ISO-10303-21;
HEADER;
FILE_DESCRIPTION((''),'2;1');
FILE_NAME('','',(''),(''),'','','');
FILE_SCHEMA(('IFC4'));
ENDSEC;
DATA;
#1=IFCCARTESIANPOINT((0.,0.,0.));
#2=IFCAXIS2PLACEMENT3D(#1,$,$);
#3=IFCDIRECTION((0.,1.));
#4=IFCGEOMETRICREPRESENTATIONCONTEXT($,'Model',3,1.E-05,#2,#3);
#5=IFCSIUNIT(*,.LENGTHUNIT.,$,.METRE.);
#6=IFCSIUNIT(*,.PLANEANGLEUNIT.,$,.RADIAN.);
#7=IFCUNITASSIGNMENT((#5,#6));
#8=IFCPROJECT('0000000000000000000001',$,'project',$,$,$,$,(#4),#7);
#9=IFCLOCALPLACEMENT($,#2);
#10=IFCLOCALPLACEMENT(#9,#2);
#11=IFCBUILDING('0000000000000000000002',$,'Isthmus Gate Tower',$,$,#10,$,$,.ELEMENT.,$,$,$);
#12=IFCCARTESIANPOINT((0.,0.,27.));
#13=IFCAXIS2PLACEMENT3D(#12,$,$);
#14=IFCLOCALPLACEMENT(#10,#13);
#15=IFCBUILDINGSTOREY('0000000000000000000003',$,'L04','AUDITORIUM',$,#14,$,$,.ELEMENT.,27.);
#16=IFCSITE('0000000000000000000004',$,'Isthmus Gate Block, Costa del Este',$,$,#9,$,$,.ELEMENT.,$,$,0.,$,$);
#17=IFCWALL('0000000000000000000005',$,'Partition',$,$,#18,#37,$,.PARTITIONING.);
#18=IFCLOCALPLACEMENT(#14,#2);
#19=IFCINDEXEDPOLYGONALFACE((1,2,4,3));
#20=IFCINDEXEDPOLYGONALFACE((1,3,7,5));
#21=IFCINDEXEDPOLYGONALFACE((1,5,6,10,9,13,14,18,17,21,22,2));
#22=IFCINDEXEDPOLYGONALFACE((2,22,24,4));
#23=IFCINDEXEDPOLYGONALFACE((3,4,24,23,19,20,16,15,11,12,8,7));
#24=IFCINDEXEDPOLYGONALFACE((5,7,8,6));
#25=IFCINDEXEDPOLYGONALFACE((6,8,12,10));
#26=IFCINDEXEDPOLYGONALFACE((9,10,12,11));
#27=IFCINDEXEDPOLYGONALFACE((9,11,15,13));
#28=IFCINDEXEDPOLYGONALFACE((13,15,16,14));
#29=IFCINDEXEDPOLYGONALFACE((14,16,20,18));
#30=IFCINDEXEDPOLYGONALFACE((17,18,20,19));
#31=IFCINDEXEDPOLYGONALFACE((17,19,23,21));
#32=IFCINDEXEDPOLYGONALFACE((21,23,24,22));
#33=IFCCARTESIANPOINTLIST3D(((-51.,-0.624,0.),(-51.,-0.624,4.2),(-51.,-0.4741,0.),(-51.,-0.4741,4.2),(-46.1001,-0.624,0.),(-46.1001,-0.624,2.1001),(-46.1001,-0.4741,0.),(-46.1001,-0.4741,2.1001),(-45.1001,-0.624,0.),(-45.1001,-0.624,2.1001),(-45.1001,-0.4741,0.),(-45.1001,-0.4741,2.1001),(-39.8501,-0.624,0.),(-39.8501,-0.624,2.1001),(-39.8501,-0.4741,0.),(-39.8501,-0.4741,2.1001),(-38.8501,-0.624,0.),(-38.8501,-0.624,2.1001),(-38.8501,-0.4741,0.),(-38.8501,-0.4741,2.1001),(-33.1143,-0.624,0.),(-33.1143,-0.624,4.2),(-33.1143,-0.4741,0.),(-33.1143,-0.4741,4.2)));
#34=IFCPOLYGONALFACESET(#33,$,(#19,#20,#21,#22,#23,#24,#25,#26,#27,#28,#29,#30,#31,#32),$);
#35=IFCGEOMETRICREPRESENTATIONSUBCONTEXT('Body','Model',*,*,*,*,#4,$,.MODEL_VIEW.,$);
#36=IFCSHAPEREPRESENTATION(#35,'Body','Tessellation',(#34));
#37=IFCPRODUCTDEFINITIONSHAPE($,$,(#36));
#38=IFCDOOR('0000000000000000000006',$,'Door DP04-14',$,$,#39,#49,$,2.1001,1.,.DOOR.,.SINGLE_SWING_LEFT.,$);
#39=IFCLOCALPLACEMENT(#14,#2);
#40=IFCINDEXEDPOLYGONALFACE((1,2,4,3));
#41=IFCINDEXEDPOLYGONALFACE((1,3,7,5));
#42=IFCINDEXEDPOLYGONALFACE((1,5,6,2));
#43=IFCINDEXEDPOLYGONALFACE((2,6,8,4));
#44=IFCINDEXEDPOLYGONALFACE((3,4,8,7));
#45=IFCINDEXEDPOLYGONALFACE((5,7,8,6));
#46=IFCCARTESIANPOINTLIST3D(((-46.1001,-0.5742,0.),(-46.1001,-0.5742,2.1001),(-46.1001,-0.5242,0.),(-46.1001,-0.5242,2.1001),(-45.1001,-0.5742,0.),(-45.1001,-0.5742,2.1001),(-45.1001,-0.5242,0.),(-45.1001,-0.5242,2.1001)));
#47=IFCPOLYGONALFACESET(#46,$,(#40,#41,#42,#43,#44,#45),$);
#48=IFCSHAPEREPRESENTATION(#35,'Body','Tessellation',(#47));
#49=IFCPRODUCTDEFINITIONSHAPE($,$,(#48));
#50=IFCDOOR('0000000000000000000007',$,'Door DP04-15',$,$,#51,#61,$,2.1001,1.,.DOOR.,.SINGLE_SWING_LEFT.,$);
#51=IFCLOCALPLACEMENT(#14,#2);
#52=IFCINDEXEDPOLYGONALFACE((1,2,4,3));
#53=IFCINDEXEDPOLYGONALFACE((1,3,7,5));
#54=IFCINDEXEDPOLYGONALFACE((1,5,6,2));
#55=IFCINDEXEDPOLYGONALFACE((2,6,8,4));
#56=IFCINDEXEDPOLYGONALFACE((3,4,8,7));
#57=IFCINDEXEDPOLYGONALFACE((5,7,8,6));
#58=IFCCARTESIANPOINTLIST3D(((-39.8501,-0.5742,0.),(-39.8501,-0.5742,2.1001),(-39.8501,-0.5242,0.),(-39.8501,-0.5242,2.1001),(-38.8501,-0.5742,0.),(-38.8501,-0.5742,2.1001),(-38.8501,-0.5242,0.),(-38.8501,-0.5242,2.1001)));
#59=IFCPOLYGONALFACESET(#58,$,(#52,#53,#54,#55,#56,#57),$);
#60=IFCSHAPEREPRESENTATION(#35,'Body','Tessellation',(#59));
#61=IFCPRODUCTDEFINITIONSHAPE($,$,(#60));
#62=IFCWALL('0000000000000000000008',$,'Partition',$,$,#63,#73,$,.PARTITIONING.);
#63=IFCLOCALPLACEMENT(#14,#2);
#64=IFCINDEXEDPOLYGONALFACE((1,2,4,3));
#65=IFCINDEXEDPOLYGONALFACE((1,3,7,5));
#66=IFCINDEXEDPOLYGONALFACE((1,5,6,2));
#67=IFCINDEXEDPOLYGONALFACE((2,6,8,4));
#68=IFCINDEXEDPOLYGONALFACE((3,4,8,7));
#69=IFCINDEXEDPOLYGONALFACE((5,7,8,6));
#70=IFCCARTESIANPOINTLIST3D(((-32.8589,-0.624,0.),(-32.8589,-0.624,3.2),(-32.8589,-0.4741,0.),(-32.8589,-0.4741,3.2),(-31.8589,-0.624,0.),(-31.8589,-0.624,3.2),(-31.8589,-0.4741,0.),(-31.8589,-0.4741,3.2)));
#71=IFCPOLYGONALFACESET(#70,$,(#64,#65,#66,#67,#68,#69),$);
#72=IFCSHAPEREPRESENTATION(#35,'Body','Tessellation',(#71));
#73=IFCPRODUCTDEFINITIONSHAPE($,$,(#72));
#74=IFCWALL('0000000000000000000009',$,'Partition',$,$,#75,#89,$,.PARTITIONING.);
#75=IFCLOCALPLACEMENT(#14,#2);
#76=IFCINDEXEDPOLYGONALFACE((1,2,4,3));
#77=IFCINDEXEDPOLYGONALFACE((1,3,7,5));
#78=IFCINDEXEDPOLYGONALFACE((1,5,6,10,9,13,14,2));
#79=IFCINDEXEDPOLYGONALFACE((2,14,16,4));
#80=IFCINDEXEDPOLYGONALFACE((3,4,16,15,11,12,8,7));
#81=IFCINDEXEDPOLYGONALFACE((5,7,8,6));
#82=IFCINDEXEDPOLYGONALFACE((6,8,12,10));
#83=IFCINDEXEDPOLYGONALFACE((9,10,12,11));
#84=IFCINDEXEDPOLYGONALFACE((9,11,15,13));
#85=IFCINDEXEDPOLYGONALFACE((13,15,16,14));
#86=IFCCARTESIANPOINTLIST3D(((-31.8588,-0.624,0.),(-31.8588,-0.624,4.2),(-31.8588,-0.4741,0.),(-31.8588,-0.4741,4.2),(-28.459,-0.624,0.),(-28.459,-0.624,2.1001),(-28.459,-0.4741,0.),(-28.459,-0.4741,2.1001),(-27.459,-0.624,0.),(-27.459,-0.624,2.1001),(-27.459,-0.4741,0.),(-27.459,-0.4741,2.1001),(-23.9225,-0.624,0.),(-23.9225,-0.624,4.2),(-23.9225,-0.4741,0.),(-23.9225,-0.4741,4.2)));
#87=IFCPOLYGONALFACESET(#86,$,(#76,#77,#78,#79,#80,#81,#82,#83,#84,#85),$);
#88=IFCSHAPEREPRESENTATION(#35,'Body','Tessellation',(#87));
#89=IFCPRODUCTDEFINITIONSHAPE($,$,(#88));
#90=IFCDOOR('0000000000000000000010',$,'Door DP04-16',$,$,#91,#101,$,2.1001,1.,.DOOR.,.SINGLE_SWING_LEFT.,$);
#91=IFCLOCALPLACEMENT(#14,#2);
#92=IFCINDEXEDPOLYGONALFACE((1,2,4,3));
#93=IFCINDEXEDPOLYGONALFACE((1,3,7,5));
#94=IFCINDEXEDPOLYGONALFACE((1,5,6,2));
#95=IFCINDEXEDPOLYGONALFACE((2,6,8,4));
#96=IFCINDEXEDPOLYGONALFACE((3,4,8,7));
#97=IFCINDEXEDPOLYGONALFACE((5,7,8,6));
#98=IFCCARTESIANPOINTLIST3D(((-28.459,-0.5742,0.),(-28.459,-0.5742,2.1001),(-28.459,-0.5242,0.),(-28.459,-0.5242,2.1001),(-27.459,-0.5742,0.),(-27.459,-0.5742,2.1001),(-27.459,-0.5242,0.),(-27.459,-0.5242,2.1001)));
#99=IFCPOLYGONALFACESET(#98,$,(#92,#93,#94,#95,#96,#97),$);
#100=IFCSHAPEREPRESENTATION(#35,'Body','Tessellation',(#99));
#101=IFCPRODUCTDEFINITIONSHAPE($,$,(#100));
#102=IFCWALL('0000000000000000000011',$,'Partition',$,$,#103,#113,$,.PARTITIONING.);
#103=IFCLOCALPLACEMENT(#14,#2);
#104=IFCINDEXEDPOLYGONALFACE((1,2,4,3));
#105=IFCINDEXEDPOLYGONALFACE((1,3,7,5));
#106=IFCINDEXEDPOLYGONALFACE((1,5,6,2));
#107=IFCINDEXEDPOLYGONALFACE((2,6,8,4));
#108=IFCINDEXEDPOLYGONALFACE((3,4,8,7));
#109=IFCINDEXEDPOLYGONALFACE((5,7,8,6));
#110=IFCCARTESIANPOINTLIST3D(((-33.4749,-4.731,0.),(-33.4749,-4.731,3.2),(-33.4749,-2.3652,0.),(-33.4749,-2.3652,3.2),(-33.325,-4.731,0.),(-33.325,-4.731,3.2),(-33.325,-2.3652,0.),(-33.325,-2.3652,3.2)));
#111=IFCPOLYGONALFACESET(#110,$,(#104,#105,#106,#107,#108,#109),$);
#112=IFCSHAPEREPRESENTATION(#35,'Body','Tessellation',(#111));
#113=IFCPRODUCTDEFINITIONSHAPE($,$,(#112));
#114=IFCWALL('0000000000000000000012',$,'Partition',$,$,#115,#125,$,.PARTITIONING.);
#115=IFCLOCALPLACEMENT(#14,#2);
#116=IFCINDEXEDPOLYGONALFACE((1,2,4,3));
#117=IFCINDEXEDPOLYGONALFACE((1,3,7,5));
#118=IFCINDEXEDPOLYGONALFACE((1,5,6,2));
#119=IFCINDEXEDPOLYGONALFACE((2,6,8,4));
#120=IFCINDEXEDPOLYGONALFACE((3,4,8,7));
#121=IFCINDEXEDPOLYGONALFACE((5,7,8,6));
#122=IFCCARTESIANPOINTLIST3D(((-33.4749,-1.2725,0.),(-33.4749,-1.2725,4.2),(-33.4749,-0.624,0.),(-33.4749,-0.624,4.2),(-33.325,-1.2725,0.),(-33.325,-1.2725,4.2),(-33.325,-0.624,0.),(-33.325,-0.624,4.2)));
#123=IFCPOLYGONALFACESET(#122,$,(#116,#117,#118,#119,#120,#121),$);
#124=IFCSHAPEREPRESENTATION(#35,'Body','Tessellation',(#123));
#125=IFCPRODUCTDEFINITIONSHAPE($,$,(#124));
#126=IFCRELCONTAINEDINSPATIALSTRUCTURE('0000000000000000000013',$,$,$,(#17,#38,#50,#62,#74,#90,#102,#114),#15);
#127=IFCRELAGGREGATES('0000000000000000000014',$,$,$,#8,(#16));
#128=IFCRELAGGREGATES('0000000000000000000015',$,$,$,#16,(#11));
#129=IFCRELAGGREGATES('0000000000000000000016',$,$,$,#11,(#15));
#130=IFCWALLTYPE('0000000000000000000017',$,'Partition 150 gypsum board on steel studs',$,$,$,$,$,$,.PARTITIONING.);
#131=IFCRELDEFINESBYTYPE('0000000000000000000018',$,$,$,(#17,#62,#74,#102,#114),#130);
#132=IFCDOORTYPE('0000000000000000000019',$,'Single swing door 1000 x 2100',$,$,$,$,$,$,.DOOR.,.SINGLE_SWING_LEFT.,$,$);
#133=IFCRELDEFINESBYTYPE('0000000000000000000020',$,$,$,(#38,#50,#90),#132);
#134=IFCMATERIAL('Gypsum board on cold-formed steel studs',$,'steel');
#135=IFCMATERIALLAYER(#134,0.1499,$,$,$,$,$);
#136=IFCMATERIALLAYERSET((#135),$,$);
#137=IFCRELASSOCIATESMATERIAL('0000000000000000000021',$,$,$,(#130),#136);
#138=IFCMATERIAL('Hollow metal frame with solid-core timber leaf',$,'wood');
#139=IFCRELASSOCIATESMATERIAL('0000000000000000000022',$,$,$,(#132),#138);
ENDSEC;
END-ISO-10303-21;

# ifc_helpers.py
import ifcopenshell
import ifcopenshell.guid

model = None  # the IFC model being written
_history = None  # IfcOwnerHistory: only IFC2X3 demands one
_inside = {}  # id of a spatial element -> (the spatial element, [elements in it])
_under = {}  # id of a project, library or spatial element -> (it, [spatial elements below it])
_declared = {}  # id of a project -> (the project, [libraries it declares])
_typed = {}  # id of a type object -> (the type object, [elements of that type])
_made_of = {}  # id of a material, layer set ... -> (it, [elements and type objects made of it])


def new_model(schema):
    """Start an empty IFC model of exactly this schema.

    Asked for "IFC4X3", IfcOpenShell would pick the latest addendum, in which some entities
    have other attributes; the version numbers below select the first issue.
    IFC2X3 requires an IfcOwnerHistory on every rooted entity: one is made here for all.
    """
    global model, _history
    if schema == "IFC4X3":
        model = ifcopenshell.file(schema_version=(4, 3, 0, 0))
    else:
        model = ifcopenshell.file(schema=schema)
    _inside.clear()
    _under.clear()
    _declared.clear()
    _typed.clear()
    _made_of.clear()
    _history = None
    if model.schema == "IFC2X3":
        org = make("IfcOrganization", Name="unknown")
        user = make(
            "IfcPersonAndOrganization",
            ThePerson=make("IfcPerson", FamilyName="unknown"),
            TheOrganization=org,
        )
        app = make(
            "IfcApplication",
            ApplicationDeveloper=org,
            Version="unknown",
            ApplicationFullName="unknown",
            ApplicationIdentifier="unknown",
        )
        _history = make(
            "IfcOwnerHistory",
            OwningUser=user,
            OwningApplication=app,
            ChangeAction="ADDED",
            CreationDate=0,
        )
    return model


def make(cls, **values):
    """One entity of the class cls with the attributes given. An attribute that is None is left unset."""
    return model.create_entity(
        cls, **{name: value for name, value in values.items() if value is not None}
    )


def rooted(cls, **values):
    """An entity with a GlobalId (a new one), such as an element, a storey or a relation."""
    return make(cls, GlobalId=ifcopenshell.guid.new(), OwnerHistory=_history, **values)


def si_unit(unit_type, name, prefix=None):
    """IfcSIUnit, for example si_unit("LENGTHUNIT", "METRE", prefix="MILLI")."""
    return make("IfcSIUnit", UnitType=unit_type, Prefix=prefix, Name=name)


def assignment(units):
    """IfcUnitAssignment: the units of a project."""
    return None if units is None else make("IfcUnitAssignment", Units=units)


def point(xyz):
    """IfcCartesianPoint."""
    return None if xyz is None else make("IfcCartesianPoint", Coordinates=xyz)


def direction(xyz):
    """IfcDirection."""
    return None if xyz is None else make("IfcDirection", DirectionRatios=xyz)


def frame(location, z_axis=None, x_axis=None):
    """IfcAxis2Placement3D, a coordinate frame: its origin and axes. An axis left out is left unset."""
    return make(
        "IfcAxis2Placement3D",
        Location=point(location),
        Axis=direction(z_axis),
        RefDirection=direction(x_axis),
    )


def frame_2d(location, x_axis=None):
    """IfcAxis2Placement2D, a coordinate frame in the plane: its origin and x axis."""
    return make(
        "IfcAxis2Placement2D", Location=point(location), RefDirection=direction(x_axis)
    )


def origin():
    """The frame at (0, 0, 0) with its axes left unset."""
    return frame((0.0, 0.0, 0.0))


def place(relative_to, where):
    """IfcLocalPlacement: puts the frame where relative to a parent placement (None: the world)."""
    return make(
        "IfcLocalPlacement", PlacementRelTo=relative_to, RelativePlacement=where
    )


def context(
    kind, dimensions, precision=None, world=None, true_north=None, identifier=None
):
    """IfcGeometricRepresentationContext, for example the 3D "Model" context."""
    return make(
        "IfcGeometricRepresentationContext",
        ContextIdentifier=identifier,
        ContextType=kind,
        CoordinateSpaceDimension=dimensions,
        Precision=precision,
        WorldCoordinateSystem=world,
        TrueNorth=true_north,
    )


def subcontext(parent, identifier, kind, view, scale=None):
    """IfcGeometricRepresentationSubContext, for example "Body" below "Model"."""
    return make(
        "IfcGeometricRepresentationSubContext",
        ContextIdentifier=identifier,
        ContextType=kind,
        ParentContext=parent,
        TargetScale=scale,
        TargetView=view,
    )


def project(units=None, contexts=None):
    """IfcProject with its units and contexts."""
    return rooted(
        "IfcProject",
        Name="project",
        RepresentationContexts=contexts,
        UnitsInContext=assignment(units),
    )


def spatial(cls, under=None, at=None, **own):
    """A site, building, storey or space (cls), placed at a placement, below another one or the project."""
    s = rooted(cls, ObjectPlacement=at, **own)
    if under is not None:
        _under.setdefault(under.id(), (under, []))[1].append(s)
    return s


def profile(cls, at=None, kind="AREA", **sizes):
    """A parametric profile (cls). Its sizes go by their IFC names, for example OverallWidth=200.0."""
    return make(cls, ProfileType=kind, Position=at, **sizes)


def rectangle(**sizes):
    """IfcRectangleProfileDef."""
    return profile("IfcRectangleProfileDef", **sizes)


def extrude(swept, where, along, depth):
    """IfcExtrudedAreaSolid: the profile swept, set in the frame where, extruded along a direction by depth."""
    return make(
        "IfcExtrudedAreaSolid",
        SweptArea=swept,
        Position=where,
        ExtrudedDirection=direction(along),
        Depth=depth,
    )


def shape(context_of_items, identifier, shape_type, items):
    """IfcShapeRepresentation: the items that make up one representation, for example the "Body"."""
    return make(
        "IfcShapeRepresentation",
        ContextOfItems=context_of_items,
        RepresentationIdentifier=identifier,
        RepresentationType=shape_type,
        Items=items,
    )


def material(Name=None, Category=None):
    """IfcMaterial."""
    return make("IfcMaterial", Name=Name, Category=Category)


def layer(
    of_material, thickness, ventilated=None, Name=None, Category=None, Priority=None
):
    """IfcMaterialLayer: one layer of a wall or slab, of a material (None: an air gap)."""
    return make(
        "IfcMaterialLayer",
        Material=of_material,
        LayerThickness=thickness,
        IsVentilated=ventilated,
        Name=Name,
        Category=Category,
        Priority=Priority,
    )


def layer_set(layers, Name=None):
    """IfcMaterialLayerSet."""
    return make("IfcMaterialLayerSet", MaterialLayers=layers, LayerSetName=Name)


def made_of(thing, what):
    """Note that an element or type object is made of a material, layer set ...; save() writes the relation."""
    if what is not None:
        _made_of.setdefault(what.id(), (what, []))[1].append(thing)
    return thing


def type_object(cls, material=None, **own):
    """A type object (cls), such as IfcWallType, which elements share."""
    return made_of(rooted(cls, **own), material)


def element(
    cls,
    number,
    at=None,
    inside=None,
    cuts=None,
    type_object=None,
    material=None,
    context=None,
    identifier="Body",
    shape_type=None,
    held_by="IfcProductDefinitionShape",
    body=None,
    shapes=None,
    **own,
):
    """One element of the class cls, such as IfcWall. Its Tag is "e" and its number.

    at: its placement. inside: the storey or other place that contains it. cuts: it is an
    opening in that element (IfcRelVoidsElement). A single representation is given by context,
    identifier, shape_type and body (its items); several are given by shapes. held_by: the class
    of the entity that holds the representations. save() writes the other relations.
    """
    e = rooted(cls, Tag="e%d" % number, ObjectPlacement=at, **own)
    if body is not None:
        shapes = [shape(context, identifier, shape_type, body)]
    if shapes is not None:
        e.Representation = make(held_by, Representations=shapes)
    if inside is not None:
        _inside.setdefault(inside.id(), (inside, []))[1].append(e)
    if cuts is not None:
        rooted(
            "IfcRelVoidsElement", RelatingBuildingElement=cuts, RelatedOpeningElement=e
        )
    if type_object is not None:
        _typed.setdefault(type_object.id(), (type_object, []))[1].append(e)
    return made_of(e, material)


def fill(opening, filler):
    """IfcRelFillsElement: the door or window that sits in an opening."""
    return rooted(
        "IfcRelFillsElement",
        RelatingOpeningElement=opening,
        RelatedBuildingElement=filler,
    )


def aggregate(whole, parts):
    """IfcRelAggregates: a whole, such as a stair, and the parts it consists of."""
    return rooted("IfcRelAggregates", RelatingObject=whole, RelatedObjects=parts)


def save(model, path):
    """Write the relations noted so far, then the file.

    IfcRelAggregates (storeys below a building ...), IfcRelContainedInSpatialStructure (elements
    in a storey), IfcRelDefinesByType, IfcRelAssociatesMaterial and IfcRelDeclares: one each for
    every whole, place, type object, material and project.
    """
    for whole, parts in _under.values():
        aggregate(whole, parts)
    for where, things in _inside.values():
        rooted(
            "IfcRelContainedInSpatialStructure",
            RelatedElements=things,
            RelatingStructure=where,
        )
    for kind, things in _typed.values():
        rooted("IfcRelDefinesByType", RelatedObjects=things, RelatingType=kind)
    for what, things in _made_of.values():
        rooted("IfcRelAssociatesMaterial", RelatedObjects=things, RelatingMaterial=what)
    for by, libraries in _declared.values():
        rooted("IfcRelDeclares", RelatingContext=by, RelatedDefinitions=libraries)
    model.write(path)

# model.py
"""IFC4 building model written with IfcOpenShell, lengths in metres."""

from ifc_helpers import new_model, si_unit, direction, frame, frame_2d, origin, place, context, subcontext, project, spatial, rectangle, extrude, material, layer, layer_set, type_object, element, fill, save


model = new_model("IFC4")

# Units and contexts
model_context = context("Model", 3, precision=1e-05, world=origin(), true_north=direction((0.0, 1.0)))
body_context = subcontext(model_context, "Body", "Model", "MODEL_VIEW")
ifc_project = project(units=[si_unit("LENGTHUNIT", "METRE"), si_unit("PLANEANGLEUNIT", "RADIAN")], contexts=[model_context])

# Site, building, storey
site_placement = place(None, origin())
site = spatial("IfcSite", under=ifc_project, at=site_placement, Name="Isthmus Gate Block, Costa del Este", CompositionType="ELEMENT", RefElevation=0.0)
building_placement = place(site_placement, origin())
building = spatial("IfcBuilding", under=site, at=building_placement, Name="Isthmus Gate Tower", CompositionType="ELEMENT")
storey_placement = place(building_placement, frame((0.0, 0.0, 27.0)))
storey = spatial("IfcBuildingStorey", under=building, at=storey_placement, Name="L04", Description="AUDITORIUM", CompositionType="ELEMENT", Elevation=27.0)

# Wall, openings, doors
ifc_material_1 = material(Name="Gypsum board on cold-formed steel studs", Category="steel")
ifc_layer_1 = layer(ifc_material_1, 0.1499)
ifc_layer_set_1 = layer_set([ifc_layer_1])
wall_type_1 = type_object("IfcWallType", Name="Partition 150 gypsum board on steel studs", PredefinedType="PARTITIONING", material=ifc_layer_set_1)
wall_1_placement = place(storey_placement, frame((-51.0, -0.5491, 0.0), z_axis=(0.0, 0.0, 1.0), x_axis=(1.0, 0.0, 0.0)))
wall_1 = element("IfcWall", 1, at=wall_1_placement, inside=storey, type_object=wall_type_1, Name="Partition", PredefinedType="PARTITIONING", context=body_context, shape_type="SweptSolid", body=[
    extrude(rectangle(XDim=17.8857, YDim=0.1499, at=frame_2d((8.9429, 0.0))), origin(), (0.0, 0.0, 1.0), 4.2),
])
opening_1_placement = place(wall_1_placement, frame((4.8999, 0.0, 0.0)))
opening_1 = element("IfcOpeningElement", 2, at=opening_1_placement, cuts=wall_1, PredefinedType="OPENING", context=body_context, shape_type="SweptSolid", body=[
    extrude(rectangle(XDim=1.0, YDim=2.1001, at=frame_2d((0.5, 1.05))), frame((0.0, 0.085, 0.0), z_axis=(0.0, -1.0, 0.0), x_axis=(1.0, 0.0, 0.0)), (0.0, 0.0, 1.0), 0.1699),
])
opening_2_placement = place(wall_1_placement, frame((11.1499, 0.0, 0.0)))
opening_2 = element("IfcOpeningElement", 3, at=opening_2_placement, cuts=wall_1, PredefinedType="OPENING", context=body_context, shape_type="SweptSolid", body=[
    extrude(rectangle(XDim=1.0, YDim=2.1001, at=frame_2d((0.5, 1.05))), frame((0.0, 0.085, 0.0), z_axis=(0.0, -1.0, 0.0), x_axis=(1.0, 0.0, 0.0)), (0.0, 0.0, 1.0), 0.1699),
])
ifc_material_2 = material(Name="Hollow metal frame with solid-core timber leaf", Category="wood")
door_type = type_object("IfcDoorType", Name="Single swing door 1000 x 2100", OperationType="SINGLE_SWING_LEFT", PredefinedType="DOOR", material=ifc_material_2)
door_1_placement = place(opening_1_placement, origin())
door_1 = element("IfcDoor", 4, at=door_1_placement, inside=storey, type_object=door_type, Name="Door DP04-14", OperationType="SINGLE_SWING_LEFT", OverallHeight=2.1001, OverallWidth=1.0, PredefinedType="DOOR", context=body_context, shape_type="SweptSolid", body=[
    extrude(rectangle(XDim=1.0, YDim=2.1001, at=frame_2d((0.5, 1.05))), frame((0.0, 0.0249, 0.0), z_axis=(0.0, -1.0, 0.0), x_axis=(1.0, 0.0, 0.0)), (0.0, 0.0, 1.0), 0.05),
])
fill(opening_1, door_1)
door_2_placement = place(opening_2_placement, origin())
door_2 = element("IfcDoor", 5, at=door_2_placement, inside=storey, type_object=door_type, Name="Door DP04-15", OperationType="SINGLE_SWING_LEFT", OverallHeight=2.1001, OverallWidth=1.0, PredefinedType="DOOR", context=body_context, shape_type="SweptSolid", body=[
    extrude(rectangle(XDim=1.0, YDim=2.1001, at=frame_2d((0.5, 1.05))), frame((0.0, 0.0249, 0.0), z_axis=(0.0, -1.0, 0.0), x_axis=(1.0, 0.0, 0.0)), (0.0, 0.0, 1.0), 0.05),
])
fill(opening_2, door_2)

# Wall
wall_2_placement = place(storey_placement, frame((-32.8589, -0.5491, 0.0), z_axis=(0.0, 0.0, 1.0), x_axis=(1.0, 0.0, 0.0)))
element("IfcWall", 6, at=wall_2_placement, inside=storey, type_object=wall_type_1, Name="Partition", PredefinedType="PARTITIONING", context=body_context, shape_type="SweptSolid", body=[
    extrude(rectangle(XDim=1.0, YDim=0.1499, at=frame_2d((0.5, 0.0))), origin(), (0.0, 0.0, 1.0), 3.2),
])

# Wall, opening, door
wall_3_placement = place(storey_placement, frame((-31.8589, -0.5491, 0.0), z_axis=(0.0, 0.0, 1.0), x_axis=(1.0, 0.0, 0.0)))
wall_3 = element("IfcWall", 7, at=wall_3_placement, inside=storey, type_object=wall_type_1, Name="Partition", PredefinedType="PARTITIONING", context=body_context, shape_type="SweptSolid", body=[
    extrude(rectangle(XDim=7.9363, YDim=0.1499, at=frame_2d((3.9683, 0.0))), origin(), (0.0, 0.0, 1.0), 4.2),
])
opening_3_placement = place(wall_3_placement, frame((3.3999, 0.0, 0.0)))
opening_3 = element("IfcOpeningElement", 8, at=opening_3_placement, cuts=wall_3, PredefinedType="OPENING", context=body_context, shape_type="SweptSolid", body=[
    extrude(rectangle(XDim=1.0, YDim=2.1001, at=frame_2d((0.5, 1.05))), frame((0.0, 0.085, 0.0), z_axis=(0.0, -1.0, 0.0), x_axis=(1.0, 0.0, 0.0)), (0.0, 0.0, 1.0), 0.1699),
])
door_3_placement = place(opening_3_placement, origin())
door_3 = element("IfcDoor", 9, at=door_3_placement, inside=storey, type_object=door_type, Name="Door DP04-16", OperationType="SINGLE_SWING_LEFT", OverallHeight=2.1001, OverallWidth=1.0, PredefinedType="DOOR", context=body_context, shape_type="SweptSolid", body=[
    extrude(rectangle(XDim=1.0, YDim=2.1001, at=frame_2d((0.5, 1.05))), frame((0.0, 0.0249, 0.0), z_axis=(0.0, -1.0, 0.0), x_axis=(1.0, 0.0, 0.0)), (0.0, 0.0, 1.0), 0.05),
])
fill(opening_3, door_3)

# Walls
wall_4_placement = place(storey_placement, frame((-33.3999, -4.731, 0.0), z_axis=(0.0, 0.0, 1.0), x_axis=(0.0, 1.0, 0.0)))
element("IfcWall", 10, at=wall_4_placement, inside=storey, type_object=wall_type_1, Name="Partition", PredefinedType="PARTITIONING", context=body_context, shape_type="SweptSolid", body=[
    extrude(rectangle(XDim=2.3657, YDim=0.1499, at=frame_2d((1.1829, 0.0))), origin(), (0.0, 0.0, 1.0), 3.2),
])
wall_5_placement = place(storey_placement, frame((-33.3999, -1.2725, 0.0), z_axis=(0.0, 0.0, 1.0), x_axis=(0.0, 1.0, 0.0)))
element("IfcWall", 11, at=wall_5_placement, inside=storey, type_object=wall_type_1, Name="Partition", PredefinedType="PARTITIONING", context=body_context, shape_type="SweptSolid", body=[
    extrude(rectangle(XDim=0.6484, YDim=0.1499, at=frame_2d((0.3242, 0.0))), origin(), (0.0, 0.0, 1.0), 4.2),
])

save(model, "model.ifc")
